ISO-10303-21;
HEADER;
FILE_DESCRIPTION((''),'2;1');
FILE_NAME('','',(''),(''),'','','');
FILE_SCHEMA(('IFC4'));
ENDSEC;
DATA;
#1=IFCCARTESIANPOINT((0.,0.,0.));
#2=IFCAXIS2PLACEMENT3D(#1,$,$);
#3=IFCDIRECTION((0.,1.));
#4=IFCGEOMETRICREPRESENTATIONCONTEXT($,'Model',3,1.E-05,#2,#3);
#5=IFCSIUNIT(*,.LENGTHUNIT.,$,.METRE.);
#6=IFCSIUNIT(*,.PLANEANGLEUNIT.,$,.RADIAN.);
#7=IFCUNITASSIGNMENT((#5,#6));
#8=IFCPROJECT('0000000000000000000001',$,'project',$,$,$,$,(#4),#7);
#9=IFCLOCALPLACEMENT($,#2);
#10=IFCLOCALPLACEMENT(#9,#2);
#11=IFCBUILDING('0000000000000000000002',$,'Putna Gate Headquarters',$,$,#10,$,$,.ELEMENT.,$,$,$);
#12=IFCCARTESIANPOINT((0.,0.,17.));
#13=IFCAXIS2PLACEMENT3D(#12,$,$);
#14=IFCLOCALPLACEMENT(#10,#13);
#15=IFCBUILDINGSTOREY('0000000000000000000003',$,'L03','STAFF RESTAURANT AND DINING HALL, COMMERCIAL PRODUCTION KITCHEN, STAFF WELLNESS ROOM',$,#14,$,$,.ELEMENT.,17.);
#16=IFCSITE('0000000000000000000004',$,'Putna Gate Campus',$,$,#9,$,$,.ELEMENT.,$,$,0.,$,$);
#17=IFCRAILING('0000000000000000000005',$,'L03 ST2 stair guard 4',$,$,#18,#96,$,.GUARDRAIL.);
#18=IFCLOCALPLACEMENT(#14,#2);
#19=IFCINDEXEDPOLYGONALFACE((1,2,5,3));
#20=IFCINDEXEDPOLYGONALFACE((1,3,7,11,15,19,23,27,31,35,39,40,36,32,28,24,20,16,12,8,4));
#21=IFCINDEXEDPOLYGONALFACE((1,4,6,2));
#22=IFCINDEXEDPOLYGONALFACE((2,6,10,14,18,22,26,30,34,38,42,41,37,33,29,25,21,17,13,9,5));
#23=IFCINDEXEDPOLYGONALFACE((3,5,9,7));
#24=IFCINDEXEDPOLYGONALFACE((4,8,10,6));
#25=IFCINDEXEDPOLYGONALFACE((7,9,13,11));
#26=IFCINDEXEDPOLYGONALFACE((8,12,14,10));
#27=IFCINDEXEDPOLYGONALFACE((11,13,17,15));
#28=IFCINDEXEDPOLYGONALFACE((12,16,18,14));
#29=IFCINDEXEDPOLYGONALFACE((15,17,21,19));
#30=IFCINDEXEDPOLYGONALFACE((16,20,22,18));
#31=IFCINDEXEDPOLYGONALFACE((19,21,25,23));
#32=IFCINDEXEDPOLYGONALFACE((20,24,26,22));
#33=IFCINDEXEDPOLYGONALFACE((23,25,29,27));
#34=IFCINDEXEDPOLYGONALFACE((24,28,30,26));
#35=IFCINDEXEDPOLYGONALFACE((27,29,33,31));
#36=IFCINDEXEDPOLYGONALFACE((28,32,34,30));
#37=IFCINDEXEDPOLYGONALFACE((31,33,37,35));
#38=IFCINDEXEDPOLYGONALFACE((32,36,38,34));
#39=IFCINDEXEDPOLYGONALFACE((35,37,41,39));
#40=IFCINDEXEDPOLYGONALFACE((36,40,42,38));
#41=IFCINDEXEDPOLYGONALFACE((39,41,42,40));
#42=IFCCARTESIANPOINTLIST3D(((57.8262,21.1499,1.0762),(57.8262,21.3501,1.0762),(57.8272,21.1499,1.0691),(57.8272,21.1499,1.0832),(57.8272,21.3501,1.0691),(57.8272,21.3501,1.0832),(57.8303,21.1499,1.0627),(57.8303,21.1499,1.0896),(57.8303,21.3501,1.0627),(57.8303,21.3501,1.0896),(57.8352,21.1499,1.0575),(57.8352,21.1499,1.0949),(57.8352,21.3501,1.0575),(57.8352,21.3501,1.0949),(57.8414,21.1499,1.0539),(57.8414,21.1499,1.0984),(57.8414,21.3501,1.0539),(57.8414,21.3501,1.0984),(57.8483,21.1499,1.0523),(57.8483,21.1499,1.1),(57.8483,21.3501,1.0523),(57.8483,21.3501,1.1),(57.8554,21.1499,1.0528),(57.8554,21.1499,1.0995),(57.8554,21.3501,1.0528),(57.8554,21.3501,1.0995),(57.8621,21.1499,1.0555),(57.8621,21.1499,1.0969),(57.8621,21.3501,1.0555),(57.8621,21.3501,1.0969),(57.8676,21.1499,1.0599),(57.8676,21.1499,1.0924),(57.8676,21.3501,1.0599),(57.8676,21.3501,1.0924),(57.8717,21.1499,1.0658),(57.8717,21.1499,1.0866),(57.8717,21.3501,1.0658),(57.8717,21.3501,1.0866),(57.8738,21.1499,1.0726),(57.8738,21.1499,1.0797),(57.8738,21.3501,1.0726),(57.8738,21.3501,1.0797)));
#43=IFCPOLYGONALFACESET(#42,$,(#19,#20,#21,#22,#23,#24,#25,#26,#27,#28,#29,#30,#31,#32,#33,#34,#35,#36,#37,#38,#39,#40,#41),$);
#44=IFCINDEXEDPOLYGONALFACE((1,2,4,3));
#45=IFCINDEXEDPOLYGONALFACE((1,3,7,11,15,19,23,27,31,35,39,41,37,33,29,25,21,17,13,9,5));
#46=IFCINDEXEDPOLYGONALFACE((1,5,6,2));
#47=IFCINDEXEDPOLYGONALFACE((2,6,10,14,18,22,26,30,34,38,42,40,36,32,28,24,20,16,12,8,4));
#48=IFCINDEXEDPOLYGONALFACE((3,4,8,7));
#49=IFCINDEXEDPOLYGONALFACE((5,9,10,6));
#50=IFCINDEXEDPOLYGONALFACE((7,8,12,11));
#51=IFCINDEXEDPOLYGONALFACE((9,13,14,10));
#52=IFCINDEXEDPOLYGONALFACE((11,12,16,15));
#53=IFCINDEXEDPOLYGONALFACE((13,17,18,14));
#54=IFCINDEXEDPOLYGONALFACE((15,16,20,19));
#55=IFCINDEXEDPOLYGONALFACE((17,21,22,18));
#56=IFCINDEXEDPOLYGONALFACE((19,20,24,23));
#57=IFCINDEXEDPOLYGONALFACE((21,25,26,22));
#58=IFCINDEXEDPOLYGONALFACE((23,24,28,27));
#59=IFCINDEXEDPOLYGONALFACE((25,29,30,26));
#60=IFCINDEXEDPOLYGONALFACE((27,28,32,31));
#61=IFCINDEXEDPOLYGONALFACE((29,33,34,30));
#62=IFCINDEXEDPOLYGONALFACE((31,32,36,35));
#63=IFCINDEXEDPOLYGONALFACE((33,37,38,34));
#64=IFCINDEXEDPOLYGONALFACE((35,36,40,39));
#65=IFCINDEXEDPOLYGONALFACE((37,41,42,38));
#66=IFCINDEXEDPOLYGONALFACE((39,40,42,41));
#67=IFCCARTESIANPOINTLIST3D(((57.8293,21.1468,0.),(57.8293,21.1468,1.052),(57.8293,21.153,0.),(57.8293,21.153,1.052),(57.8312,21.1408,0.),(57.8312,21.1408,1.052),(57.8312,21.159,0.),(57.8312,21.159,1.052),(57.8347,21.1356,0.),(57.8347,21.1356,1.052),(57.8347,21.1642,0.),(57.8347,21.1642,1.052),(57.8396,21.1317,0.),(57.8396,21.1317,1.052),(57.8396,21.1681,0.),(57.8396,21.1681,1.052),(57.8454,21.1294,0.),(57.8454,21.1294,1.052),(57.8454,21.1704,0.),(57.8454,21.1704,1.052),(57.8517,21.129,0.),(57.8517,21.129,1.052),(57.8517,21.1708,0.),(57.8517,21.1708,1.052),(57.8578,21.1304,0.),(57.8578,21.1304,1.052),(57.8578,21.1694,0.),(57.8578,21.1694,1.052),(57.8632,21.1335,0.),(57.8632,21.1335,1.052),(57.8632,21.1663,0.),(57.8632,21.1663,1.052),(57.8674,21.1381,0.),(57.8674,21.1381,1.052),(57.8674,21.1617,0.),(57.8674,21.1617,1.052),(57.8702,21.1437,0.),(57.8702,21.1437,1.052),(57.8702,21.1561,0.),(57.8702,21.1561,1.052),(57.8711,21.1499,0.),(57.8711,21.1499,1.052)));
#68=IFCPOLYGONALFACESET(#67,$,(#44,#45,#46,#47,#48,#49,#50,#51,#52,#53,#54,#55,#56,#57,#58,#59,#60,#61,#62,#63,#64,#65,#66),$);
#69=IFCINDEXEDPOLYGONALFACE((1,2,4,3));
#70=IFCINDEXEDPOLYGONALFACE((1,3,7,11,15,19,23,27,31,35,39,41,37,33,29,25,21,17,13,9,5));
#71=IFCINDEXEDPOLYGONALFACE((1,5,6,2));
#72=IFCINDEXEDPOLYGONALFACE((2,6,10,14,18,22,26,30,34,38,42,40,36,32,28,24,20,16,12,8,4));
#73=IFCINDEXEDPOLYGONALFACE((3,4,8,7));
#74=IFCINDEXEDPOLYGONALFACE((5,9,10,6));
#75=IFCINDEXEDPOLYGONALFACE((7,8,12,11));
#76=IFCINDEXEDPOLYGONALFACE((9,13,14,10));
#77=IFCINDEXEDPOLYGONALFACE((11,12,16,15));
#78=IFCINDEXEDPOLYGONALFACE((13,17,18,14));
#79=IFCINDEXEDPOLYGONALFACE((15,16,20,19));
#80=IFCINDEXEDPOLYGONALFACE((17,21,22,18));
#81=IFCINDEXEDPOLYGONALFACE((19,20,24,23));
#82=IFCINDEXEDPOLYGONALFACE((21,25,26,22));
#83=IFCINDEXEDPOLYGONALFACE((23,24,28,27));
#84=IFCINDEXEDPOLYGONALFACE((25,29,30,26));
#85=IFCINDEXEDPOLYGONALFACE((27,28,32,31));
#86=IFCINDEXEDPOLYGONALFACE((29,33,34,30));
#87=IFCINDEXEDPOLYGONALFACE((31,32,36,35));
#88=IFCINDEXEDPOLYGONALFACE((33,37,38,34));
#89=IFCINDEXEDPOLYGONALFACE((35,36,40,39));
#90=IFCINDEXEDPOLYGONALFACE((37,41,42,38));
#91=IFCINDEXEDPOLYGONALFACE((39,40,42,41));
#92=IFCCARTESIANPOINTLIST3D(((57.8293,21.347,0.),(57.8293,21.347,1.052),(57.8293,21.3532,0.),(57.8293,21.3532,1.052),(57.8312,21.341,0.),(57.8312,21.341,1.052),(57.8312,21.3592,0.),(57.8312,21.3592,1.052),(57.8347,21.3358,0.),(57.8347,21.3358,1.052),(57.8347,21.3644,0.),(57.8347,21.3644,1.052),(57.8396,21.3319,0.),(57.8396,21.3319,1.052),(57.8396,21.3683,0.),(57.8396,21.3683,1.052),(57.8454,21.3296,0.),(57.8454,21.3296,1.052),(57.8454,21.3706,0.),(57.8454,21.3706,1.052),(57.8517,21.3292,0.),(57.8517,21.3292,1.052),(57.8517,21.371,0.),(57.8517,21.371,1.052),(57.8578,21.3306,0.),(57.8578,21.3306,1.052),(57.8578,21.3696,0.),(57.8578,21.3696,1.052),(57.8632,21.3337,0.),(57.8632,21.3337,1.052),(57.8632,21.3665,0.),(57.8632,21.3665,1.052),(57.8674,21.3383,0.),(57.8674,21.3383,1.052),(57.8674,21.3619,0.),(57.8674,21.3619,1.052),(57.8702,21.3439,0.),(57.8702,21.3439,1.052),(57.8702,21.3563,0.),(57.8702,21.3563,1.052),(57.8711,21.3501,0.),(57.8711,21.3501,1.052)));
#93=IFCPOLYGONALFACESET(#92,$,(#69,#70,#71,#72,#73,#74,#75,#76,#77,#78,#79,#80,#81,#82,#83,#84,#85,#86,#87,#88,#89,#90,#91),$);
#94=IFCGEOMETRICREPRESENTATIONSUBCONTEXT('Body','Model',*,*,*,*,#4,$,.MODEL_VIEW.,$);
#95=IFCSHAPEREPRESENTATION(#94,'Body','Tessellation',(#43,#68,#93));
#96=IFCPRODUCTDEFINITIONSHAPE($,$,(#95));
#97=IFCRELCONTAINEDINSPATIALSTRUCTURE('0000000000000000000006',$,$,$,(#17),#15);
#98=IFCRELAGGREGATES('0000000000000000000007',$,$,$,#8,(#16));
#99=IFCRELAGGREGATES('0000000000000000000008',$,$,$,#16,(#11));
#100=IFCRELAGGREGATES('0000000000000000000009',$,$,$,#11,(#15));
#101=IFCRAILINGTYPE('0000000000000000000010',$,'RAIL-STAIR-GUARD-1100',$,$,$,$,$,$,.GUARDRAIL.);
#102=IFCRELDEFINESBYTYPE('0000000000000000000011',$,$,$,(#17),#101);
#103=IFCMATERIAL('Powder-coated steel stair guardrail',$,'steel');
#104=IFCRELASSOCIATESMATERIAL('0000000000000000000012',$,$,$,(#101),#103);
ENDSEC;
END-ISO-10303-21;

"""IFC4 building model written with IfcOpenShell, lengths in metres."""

from ifc_helpers import new_model, si_unit, direction, frame, origin, origin_2d, place, context, subcontext, project, spatial, circle, extrude, material, type_object, element, save


model = new_model("IFC4")

# Units and contexts
model_context = context("Model", 3, precision=1e-05, world=origin(), true_north=direction((0.0, 1.0)))
body_context = subcontext(model_context, "Body", "Model", "MODEL_VIEW")
ifc_project = project(units=[si_unit("LENGTHUNIT", "METRE"), si_unit("PLANEANGLEUNIT", "RADIAN")], contexts=[model_context])

# Site, building, storey
site_placement = place(None, origin())
site = spatial("IfcSite", under=ifc_project, at=site_placement, Name="Putna Gate Campus", CompositionType="ELEMENT", RefElevation=0.0)
building_placement = place(site_placement, origin())
building = spatial("IfcBuilding", under=site, at=building_placement, Name="Putna Gate Headquarters", CompositionType="ELEMENT")
storey_placement = place(building_placement, frame((0.0, 0.0, 17.0)))
storey = spatial("IfcBuildingStorey", under=building, at=storey_placement, Name="L03", Description="STAFF RESTAURANT AND DINING HALL, COMMERCIAL PRODUCTION KITCHEN, STAFF WELLNESS ROOM", CompositionType="ELEMENT", Elevation=17.0)

# Railing
ifc_material_1 = material(Name="Powder-coated steel stair guardrail", Category="steel")
railing_type_1 = type_object("IfcRailingType", Name="RAIL-STAIR-GUARD-1100", PredefinedType="GUARDRAIL", material=ifc_material_1)
railing_1_placement = place(storey_placement, frame((57.8501, 21.1499, 0.0)))
element("IfcRailing", 1, at=railing_1_placement, inside=storey, type_object=railing_type_1, Name="L03 ST2 stair guard 4", PredefinedType="GUARDRAIL", context=body_context, shape_type="SweptSolid", body=[
    extrude(circle(Radius=0.0239, at=origin_2d()), frame((0.0, 0.0, 1.0762), z_axis=(0.0, 1.0, 0.0), x_axis=(-1.0, 0.0, 0.0)), (0.0, 0.0, 1.0), 0.2002),
    extrude(circle(Radius=0.021, at=origin_2d()), origin(), (0.0, 0.0, 1.0), 1.052),
    extrude(circle(Radius=0.021, at=origin_2d()), frame((0.0, 0.2002, 0.0)), (0.0, 0.0, 1.0), 1.052),
])

save(model, "model.ifc")
